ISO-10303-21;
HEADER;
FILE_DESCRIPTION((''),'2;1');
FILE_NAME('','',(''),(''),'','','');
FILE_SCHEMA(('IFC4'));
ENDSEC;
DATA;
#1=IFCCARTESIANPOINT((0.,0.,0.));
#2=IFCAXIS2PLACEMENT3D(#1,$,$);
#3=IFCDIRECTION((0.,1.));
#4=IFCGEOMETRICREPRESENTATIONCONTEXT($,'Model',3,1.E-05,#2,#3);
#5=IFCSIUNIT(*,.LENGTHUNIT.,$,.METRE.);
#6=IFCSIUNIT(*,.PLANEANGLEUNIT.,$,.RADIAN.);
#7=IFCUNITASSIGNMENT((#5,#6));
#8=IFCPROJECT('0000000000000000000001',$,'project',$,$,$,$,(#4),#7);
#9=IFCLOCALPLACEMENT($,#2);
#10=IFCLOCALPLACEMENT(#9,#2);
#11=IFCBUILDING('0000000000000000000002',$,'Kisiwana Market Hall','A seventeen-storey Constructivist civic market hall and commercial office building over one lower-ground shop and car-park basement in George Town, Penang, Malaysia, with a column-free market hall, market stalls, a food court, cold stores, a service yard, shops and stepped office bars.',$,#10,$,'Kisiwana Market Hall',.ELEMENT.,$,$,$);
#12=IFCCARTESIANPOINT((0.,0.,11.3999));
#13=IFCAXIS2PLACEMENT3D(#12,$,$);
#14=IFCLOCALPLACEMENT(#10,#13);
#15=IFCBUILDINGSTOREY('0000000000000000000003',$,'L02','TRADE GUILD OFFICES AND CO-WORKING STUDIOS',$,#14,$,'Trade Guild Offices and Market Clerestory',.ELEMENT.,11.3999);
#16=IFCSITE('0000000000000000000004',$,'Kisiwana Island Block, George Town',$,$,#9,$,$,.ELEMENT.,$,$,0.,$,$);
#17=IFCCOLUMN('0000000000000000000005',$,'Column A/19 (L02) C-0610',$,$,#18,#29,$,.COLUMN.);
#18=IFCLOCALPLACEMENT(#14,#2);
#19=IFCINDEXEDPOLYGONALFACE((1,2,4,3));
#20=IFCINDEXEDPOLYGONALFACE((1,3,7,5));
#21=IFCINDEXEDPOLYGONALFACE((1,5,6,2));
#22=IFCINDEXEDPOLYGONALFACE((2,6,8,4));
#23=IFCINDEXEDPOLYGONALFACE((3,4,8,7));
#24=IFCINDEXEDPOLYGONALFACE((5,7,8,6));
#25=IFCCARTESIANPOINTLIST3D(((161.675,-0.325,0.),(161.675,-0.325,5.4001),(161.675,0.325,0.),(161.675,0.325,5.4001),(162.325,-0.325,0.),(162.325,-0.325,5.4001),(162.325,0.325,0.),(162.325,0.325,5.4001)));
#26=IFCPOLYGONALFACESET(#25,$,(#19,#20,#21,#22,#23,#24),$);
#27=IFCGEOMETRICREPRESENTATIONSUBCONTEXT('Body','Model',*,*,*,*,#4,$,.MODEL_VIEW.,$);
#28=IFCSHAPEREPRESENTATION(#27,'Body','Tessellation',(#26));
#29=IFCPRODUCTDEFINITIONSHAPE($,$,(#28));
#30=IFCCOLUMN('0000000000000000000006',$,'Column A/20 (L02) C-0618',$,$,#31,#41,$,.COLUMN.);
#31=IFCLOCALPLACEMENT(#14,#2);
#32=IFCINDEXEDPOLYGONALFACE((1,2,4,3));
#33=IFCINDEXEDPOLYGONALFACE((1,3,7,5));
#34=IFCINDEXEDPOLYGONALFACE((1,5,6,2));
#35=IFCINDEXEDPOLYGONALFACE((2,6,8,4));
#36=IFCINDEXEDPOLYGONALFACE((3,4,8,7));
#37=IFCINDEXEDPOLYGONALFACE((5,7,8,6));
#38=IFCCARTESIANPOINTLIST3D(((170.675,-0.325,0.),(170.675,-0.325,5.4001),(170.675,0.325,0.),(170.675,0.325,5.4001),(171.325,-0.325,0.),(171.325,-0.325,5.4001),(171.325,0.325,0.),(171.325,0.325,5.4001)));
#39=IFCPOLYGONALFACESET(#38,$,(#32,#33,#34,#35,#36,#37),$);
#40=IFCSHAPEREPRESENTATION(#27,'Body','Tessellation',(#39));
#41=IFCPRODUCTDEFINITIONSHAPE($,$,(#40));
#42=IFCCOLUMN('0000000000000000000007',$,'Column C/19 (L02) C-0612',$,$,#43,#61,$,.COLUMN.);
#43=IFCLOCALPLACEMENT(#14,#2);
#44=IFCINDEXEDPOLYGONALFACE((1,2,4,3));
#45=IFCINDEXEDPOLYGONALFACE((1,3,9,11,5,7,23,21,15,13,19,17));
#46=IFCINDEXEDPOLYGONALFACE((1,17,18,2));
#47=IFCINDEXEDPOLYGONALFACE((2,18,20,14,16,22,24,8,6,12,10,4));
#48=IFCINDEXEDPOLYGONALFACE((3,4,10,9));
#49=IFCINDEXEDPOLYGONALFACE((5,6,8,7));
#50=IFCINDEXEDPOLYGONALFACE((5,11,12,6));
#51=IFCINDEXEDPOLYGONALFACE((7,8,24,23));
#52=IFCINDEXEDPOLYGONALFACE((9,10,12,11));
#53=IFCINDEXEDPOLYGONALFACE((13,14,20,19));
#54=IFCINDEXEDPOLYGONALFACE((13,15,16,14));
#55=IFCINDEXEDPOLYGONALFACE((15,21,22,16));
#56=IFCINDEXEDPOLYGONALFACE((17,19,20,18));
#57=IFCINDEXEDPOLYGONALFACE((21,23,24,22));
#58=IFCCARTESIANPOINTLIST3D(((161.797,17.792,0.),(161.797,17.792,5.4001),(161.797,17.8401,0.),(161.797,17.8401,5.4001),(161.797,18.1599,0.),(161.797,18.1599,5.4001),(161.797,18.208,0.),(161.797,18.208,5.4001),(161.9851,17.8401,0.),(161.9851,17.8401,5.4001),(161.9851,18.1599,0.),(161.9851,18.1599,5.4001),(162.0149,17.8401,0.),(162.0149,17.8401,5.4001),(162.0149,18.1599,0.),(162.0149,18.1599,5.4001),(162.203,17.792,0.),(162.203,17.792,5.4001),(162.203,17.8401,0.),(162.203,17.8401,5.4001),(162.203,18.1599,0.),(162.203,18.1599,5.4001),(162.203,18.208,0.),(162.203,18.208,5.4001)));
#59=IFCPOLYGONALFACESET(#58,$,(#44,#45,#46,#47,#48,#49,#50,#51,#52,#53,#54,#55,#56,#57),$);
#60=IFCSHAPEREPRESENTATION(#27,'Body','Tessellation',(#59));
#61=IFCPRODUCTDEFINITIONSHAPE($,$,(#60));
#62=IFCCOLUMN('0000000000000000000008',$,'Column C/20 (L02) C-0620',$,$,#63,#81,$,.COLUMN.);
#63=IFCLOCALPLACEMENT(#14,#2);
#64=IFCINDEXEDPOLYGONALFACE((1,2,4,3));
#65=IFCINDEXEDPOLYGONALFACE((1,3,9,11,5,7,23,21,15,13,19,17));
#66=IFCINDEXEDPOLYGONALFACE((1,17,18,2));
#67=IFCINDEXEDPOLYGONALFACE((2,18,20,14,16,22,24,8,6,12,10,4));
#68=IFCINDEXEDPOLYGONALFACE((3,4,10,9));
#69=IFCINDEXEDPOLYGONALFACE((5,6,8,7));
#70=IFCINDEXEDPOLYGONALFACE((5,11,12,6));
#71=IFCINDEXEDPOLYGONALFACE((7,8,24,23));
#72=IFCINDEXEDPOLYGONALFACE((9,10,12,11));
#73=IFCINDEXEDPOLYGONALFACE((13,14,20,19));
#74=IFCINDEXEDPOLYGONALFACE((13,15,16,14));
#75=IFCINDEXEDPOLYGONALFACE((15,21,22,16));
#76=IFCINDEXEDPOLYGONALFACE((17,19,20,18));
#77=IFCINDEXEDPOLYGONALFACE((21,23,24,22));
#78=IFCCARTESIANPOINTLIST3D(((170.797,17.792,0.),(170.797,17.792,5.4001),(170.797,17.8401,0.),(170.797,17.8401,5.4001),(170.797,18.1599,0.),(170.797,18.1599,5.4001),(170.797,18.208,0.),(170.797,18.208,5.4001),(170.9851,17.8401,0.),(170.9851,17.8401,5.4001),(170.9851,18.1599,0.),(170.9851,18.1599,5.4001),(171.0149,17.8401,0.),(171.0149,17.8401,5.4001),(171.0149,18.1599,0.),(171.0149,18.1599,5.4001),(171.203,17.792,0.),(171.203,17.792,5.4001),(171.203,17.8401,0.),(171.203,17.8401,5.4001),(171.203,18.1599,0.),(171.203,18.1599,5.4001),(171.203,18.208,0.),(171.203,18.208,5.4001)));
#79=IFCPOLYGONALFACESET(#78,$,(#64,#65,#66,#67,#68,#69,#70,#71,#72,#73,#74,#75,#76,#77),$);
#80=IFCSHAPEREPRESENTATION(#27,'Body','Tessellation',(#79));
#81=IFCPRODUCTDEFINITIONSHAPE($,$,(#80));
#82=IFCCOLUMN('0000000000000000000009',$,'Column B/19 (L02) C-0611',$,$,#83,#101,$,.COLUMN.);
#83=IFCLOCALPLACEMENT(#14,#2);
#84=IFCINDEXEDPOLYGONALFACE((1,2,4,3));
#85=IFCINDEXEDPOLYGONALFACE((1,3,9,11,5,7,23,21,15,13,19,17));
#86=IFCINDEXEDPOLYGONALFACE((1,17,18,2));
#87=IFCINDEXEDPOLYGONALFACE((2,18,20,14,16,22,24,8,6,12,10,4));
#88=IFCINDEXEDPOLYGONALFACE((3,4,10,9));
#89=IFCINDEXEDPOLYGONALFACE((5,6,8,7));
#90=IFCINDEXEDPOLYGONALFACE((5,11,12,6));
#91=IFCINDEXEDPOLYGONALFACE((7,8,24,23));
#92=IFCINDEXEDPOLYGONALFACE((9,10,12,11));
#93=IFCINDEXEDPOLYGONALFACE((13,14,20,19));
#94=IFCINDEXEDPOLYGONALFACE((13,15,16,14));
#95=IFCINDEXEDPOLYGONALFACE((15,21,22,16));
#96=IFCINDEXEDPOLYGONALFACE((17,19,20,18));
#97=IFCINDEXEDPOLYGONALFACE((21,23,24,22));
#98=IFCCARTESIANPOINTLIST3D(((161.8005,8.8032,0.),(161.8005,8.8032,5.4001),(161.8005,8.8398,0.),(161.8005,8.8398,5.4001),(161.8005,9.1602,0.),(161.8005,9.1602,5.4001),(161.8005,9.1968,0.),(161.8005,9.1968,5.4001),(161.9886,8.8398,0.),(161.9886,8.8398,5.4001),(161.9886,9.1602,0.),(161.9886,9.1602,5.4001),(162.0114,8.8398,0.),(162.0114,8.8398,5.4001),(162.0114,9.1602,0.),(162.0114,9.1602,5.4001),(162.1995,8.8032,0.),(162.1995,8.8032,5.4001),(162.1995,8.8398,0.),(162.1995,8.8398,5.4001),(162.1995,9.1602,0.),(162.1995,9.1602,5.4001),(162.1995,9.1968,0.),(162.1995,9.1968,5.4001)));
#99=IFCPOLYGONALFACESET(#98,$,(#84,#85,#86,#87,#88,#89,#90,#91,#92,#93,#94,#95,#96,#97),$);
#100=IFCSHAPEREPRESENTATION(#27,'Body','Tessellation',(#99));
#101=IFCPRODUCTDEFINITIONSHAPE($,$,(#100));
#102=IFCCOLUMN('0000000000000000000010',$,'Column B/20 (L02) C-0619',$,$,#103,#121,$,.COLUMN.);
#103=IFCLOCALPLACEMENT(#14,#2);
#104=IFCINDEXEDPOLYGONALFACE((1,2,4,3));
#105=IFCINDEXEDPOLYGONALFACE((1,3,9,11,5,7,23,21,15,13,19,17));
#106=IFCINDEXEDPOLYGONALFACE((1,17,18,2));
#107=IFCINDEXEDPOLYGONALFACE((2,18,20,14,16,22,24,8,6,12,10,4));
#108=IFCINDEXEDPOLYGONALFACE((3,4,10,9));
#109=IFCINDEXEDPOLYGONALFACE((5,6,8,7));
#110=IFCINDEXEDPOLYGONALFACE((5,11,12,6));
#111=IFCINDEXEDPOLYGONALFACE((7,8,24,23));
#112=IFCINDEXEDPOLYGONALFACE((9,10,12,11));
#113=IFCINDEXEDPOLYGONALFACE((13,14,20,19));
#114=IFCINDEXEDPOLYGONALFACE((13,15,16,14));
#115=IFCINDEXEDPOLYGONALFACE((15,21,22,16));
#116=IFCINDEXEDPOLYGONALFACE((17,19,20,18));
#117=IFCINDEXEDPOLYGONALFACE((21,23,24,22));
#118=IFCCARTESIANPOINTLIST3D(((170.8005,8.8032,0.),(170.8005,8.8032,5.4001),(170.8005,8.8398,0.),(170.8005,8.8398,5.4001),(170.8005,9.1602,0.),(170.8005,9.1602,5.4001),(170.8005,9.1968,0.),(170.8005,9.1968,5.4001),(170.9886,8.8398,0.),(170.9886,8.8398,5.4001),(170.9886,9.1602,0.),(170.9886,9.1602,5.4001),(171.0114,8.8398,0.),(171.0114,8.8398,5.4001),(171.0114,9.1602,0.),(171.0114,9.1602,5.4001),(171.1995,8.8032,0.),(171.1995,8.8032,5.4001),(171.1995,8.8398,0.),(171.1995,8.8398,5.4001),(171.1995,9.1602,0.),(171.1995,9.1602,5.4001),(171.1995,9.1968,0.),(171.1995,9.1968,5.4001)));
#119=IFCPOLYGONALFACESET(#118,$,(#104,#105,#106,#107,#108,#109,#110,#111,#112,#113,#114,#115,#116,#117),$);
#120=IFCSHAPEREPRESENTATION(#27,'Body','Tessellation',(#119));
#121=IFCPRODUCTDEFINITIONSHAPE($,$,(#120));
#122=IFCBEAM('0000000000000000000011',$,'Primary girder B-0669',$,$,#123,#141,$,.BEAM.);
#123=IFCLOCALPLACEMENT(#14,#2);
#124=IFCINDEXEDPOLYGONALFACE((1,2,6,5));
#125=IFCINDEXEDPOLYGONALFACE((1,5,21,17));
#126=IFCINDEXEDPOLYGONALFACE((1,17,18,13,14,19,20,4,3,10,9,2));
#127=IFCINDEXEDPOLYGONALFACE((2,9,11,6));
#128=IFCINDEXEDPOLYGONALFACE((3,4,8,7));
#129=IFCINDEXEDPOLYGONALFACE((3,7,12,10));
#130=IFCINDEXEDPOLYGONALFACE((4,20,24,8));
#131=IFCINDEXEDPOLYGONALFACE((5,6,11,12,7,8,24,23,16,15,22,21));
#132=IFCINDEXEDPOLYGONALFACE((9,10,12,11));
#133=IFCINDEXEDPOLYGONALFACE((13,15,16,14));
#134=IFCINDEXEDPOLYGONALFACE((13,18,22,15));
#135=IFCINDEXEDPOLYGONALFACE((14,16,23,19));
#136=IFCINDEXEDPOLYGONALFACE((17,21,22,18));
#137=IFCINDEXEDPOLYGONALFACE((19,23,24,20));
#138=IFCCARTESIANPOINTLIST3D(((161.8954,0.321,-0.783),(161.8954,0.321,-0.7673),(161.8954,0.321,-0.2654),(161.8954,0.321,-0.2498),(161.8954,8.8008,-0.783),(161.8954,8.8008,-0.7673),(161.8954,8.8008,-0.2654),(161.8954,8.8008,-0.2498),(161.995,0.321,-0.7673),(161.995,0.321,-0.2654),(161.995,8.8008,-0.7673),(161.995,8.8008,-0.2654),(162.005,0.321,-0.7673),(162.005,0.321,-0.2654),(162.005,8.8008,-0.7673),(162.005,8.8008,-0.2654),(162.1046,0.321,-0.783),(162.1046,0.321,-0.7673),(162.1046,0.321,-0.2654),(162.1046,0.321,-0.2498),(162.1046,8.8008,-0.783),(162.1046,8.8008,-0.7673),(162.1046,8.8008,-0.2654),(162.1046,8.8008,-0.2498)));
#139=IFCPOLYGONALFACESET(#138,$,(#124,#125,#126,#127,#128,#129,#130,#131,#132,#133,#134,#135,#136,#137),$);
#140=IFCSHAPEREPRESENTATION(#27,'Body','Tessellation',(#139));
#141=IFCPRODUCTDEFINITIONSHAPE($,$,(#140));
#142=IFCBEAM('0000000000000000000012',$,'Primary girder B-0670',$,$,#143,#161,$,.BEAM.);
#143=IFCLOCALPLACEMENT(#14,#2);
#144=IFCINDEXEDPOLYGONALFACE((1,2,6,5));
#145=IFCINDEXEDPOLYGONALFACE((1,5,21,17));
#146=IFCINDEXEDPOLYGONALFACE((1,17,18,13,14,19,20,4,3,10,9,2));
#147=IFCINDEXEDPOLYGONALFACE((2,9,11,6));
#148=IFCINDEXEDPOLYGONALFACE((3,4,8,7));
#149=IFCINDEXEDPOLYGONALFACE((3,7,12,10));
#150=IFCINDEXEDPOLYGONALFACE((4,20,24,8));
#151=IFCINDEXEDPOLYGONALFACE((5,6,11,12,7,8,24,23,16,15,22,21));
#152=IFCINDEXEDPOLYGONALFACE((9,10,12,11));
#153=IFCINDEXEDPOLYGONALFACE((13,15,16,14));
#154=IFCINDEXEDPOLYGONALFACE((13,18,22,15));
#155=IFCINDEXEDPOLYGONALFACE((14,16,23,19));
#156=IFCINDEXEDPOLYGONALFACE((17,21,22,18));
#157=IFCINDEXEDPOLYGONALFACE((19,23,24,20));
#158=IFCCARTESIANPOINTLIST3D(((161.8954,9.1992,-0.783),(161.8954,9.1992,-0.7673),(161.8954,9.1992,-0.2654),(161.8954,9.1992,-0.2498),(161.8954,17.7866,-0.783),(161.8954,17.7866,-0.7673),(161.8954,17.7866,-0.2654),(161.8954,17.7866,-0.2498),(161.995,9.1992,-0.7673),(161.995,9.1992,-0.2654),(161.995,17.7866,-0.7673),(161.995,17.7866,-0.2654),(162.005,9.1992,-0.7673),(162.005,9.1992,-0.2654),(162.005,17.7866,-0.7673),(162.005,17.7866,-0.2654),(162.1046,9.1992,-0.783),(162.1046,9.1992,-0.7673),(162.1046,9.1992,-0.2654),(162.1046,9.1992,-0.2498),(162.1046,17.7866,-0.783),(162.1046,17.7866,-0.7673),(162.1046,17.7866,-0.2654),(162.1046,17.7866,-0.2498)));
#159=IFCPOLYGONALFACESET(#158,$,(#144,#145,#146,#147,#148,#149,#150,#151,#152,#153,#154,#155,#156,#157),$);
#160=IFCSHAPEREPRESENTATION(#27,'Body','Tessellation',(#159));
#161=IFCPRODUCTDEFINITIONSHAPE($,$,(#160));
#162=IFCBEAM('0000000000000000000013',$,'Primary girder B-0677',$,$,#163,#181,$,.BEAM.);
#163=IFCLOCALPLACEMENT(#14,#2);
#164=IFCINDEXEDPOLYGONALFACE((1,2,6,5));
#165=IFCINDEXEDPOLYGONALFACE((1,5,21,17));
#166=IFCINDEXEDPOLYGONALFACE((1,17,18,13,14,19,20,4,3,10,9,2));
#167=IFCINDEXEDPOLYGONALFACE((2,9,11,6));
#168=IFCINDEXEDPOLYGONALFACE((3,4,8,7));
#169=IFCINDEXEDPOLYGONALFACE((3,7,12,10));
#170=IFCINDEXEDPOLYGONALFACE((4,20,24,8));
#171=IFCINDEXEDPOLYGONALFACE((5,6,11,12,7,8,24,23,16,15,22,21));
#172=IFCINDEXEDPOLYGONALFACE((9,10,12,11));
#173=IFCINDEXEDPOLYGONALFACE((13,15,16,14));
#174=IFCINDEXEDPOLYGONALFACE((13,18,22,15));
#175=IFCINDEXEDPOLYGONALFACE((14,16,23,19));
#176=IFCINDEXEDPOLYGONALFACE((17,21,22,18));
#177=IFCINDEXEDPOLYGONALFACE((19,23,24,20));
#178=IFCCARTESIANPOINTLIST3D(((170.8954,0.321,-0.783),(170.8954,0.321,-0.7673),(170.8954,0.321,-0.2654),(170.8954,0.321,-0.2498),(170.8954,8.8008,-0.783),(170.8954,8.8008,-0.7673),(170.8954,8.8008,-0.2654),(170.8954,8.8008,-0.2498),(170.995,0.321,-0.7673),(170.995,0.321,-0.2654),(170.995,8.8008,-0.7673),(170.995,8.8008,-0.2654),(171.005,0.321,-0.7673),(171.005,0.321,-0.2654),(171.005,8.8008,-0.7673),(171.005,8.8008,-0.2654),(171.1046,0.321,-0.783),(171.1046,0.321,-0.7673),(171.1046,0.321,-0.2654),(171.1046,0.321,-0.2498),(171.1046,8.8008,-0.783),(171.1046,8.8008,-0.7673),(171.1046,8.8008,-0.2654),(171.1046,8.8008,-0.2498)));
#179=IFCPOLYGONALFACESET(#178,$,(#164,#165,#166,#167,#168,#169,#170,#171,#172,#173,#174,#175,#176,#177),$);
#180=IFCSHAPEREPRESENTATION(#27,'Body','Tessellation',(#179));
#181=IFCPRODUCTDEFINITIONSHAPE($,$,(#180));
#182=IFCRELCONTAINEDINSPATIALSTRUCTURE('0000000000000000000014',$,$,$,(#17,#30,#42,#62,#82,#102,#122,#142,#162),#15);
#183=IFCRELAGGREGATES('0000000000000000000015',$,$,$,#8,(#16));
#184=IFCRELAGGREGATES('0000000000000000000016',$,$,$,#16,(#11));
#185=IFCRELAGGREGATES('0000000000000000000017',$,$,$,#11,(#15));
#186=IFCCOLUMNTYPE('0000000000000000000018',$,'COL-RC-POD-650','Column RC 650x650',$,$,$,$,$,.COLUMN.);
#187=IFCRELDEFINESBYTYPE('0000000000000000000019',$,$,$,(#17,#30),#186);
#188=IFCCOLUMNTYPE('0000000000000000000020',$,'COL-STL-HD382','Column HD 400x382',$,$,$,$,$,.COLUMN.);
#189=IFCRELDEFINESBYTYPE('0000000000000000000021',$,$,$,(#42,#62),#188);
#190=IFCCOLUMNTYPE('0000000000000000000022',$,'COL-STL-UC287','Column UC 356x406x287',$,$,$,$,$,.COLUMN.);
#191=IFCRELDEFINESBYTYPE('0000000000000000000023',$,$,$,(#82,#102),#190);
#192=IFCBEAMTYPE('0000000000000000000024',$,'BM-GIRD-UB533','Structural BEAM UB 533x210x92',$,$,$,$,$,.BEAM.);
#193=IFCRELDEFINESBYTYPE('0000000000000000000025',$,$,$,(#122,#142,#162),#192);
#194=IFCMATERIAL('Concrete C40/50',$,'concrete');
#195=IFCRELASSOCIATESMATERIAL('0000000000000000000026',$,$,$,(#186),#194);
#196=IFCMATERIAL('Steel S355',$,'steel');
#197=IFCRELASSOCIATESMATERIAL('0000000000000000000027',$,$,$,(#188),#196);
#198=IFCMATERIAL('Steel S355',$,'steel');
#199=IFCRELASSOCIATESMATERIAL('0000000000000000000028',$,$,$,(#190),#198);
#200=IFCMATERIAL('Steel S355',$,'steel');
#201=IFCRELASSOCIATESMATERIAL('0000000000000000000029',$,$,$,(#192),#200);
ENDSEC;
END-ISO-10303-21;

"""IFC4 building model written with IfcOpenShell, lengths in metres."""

from ifc_helpers import new_model, si_unit, direction, frame, origin, origin_2d, place, context, subcontext, project, spatial, rectangle, i_section, extrude, material, material_profile, profile_set, type_object, element, save


model = new_model("IFC4")

# Units and contexts
model_context = context("Model", 3, precision=1e-05, world=origin(), true_north=direction((0.0, 1.0)))
body_context = subcontext(model_context, "Body", "Model", "MODEL_VIEW")
ifc_project = project(units=[si_unit("LENGTHUNIT", "METRE"), si_unit("PLANEANGLEUNIT", "RADIAN")], contexts=[model_context])

# Site, building, storey
site_placement = place(None, origin())
site = spatial("IfcSite", under=ifc_project, at=site_placement, Name="Kisiwana Island Block, George Town", CompositionType="ELEMENT", RefElevation=0.0)
building_placement = place(site_placement, origin())
building = spatial("IfcBuilding", under=site, at=building_placement, Name="Kisiwana Market Hall", Description="A seventeen-storey Constructivist civic market hall and commercial office building over one lower-ground shop and car-park basement in George Town, Penang, Malaysia, with a column-free market hall, market stalls, a food court, cold stores, a service yard, shops and stepped office bars.", LongName="Kisiwana Market Hall", CompositionType="ELEMENT")
storey_placement = place(building_placement, frame((0.0, 0.0, 11.3999)))
storey = spatial("IfcBuildingStorey", under=building, at=storey_placement, Name="L02", Description="TRADE GUILD OFFICES AND CO-WORKING STUDIOS", LongName="Trade Guild Offices and Market Clerestory", CompositionType="ELEMENT", Elevation=11.3999)

# Columns
ifc_material_1 = material(Name="Concrete C40/50", Category="concrete")
ifc_material_profile_1 = material_profile(ifc_material_1, rectangle(XDim=0.6499, YDim=0.6499, at=origin_2d()), Name="RC 650x650")
ifc_profile_set_1 = profile_set([ifc_material_profile_1], Name="Concrete C40/50")
column_type_1 = type_object("IfcColumnType", Name="COL-RC-POD-650", Description="Column RC 650x650", PredefinedType="COLUMN", material=ifc_profile_set_1)
for number, where, z_axis, x_axis, name in (
    (1, (162.0, 0.0, 0.0), (0.0, 0.0, 1.0), (1.0, 0.0, 0.0), "Column A/19 (L02) C-0610"),
    (2, (171.0, 0.0, 0.0), (0.0, 0.0, 1.0), (1.0, 0.0, 0.0), "Column A/20 (L02) C-0618"),
):
    element("IfcColumn", number, at=place(storey_placement, frame(where, z_axis=z_axis, x_axis=x_axis)), inside=storey, type_object=column_type_1, Name=name, PredefinedType="COLUMN", context=body_context, shape_type="SweptSolid", body=[
        extrude(rectangle(XDim=0.6499, YDim=0.6499, at=origin_2d()), origin(), (0.0, 0.0, 1.0), 5.4001),
    ])
ifc_material_2 = material(Name="Steel S355", Category="steel")
ifc_material_profile_2 = material_profile(ifc_material_2, i_section(OverallWidth=0.406, OverallDepth=0.416, WebThickness=0.0298, FlangeThickness=0.0481, at=origin_2d()), Name="HD 400x382")
ifc_profile_set_2 = profile_set([ifc_material_profile_2], Name="Steel S355")
column_type_2 = type_object("IfcColumnType", Name="COL-STL-HD382", Description="Column HD 400x382", PredefinedType="COLUMN", material=ifc_profile_set_2)
for number, where, z_axis, x_axis, name in (
    (3, (162.0, 18.0, 0.0), (0.0, 0.0, 1.0), (1.0, 0.0, 0.0), "Column C/19 (L02) C-0612"),
    (4, (171.0, 18.0, 0.0), (0.0, 0.0, 1.0), (1.0, 0.0, 0.0), "Column C/20 (L02) C-0620"),
):
    element("IfcColumn", number, at=place(storey_placement, frame(where, z_axis=z_axis, x_axis=x_axis)), inside=storey, type_object=column_type_2, Name=name, PredefinedType="COLUMN", context=body_context, shape_type="SweptSolid", body=[
        extrude(i_section(OverallWidth=0.406, OverallDepth=0.416, WebThickness=0.0298, FlangeThickness=0.0481, at=origin_2d()), origin(), (0.0, 0.0, 1.0), 5.4001),
    ])
ifc_material_3 = material(Name="Steel S355", Category="steel")
ifc_material_profile_3 = material_profile(ifc_material_3, i_section(OverallWidth=0.3989, OverallDepth=0.3936, WebThickness=0.0227, FlangeThickness=0.0366, at=origin_2d()), Name="UC 356x406x287")
ifc_profile_set_3 = profile_set([ifc_material_profile_3], Name="Steel S355")
column_type_3 = type_object("IfcColumnType", Name="COL-STL-UC287", Description="Column UC 356x406x287", PredefinedType="COLUMN", material=ifc_profile_set_3)
for number, where, z_axis, x_axis, name in (
    (5, (162.0, 9.0, 0.0), (0.0, 0.0, 1.0), (1.0, 0.0, 0.0), "Column B/19 (L02) C-0611"),
    (6, (171.0, 9.0, 0.0), (0.0, 0.0, 1.0), (1.0, 0.0, 0.0), "Column B/20 (L02) C-0619"),
):
    element("IfcColumn", number, at=place(storey_placement, frame(where, z_axis=z_axis, x_axis=x_axis)), inside=storey, type_object=column_type_3, Name=name, PredefinedType="COLUMN", context=body_context, shape_type="SweptSolid", body=[
        extrude(i_section(OverallWidth=0.3989, OverallDepth=0.3936, WebThickness=0.0227, FlangeThickness=0.0366, at=origin_2d()), origin(), (0.0, 0.0, 1.0), 5.4001),
    ])

# Beams
ifc_material_4 = material(Name="Steel S355", Category="steel")
ifc_material_profile_4 = material_profile(ifc_material_4, i_section(OverallWidth=0.2092, OverallDepth=0.5332, WebThickness=0.01, FlangeThickness=0.0156, at=origin_2d()), Name="UB 533x210x92")
ifc_profile_set_4 = profile_set([ifc_material_profile_4], Name="Steel S355")
beam_type_1 = type_object("IfcBeamType", Name="BM-GIRD-UB533", Description="Structural BEAM UB 533x210x92", PredefinedType="BEAM", material=ifc_profile_set_4)
beam_1_placement = place(storey_placement, frame((162.0, 0.321, -0.5164), z_axis=(0.0, 1.0, 0.0), x_axis=(-1.0, 0.0, 0.0)))
element("IfcBeam", 7, at=beam_1_placement, inside=storey, type_object=beam_type_1, Name="Primary girder B-0669", PredefinedType="BEAM", context=body_context, shape_type="SweptSolid", body=[
    extrude(i_section(OverallWidth=0.2092, OverallDepth=0.5332, WebThickness=0.01, FlangeThickness=0.0156, at=origin_2d()), origin(), (0.0, 0.0, 1.0), 8.4797),
])
beam_2_placement = place(storey_placement, frame((162.0, 9.1992, -0.5164), z_axis=(0.0, 1.0, 0.0), x_axis=(-1.0, 0.0, 0.0)))
element("IfcBeam", 8, at=beam_2_placement, inside=storey, type_object=beam_type_1, Name="Primary girder B-0670", PredefinedType="BEAM", context=body_context, shape_type="SweptSolid", body=[
    extrude(i_section(OverallWidth=0.2092, OverallDepth=0.5332, WebThickness=0.01, FlangeThickness=0.0156, at=origin_2d()), origin(), (0.0, 0.0, 1.0), 8.5874),
])
beam_3_placement = place(storey_placement, frame((171.0, 0.321, -0.5164), z_axis=(0.0, 1.0, 0.0), x_axis=(-1.0, 0.0, 0.0)))
element("IfcBeam", 9, at=beam_3_placement, inside=storey, type_object=beam_type_1, Name="Primary girder B-0677", PredefinedType="BEAM", context=body_context, shape_type="SweptSolid", body=[
    extrude(i_section(OverallWidth=0.2092, OverallDepth=0.5332, WebThickness=0.01, FlangeThickness=0.0156, at=origin_2d()), origin(), (0.0, 0.0, 1.0), 8.4797),
])

save(model, "model.ifc")
